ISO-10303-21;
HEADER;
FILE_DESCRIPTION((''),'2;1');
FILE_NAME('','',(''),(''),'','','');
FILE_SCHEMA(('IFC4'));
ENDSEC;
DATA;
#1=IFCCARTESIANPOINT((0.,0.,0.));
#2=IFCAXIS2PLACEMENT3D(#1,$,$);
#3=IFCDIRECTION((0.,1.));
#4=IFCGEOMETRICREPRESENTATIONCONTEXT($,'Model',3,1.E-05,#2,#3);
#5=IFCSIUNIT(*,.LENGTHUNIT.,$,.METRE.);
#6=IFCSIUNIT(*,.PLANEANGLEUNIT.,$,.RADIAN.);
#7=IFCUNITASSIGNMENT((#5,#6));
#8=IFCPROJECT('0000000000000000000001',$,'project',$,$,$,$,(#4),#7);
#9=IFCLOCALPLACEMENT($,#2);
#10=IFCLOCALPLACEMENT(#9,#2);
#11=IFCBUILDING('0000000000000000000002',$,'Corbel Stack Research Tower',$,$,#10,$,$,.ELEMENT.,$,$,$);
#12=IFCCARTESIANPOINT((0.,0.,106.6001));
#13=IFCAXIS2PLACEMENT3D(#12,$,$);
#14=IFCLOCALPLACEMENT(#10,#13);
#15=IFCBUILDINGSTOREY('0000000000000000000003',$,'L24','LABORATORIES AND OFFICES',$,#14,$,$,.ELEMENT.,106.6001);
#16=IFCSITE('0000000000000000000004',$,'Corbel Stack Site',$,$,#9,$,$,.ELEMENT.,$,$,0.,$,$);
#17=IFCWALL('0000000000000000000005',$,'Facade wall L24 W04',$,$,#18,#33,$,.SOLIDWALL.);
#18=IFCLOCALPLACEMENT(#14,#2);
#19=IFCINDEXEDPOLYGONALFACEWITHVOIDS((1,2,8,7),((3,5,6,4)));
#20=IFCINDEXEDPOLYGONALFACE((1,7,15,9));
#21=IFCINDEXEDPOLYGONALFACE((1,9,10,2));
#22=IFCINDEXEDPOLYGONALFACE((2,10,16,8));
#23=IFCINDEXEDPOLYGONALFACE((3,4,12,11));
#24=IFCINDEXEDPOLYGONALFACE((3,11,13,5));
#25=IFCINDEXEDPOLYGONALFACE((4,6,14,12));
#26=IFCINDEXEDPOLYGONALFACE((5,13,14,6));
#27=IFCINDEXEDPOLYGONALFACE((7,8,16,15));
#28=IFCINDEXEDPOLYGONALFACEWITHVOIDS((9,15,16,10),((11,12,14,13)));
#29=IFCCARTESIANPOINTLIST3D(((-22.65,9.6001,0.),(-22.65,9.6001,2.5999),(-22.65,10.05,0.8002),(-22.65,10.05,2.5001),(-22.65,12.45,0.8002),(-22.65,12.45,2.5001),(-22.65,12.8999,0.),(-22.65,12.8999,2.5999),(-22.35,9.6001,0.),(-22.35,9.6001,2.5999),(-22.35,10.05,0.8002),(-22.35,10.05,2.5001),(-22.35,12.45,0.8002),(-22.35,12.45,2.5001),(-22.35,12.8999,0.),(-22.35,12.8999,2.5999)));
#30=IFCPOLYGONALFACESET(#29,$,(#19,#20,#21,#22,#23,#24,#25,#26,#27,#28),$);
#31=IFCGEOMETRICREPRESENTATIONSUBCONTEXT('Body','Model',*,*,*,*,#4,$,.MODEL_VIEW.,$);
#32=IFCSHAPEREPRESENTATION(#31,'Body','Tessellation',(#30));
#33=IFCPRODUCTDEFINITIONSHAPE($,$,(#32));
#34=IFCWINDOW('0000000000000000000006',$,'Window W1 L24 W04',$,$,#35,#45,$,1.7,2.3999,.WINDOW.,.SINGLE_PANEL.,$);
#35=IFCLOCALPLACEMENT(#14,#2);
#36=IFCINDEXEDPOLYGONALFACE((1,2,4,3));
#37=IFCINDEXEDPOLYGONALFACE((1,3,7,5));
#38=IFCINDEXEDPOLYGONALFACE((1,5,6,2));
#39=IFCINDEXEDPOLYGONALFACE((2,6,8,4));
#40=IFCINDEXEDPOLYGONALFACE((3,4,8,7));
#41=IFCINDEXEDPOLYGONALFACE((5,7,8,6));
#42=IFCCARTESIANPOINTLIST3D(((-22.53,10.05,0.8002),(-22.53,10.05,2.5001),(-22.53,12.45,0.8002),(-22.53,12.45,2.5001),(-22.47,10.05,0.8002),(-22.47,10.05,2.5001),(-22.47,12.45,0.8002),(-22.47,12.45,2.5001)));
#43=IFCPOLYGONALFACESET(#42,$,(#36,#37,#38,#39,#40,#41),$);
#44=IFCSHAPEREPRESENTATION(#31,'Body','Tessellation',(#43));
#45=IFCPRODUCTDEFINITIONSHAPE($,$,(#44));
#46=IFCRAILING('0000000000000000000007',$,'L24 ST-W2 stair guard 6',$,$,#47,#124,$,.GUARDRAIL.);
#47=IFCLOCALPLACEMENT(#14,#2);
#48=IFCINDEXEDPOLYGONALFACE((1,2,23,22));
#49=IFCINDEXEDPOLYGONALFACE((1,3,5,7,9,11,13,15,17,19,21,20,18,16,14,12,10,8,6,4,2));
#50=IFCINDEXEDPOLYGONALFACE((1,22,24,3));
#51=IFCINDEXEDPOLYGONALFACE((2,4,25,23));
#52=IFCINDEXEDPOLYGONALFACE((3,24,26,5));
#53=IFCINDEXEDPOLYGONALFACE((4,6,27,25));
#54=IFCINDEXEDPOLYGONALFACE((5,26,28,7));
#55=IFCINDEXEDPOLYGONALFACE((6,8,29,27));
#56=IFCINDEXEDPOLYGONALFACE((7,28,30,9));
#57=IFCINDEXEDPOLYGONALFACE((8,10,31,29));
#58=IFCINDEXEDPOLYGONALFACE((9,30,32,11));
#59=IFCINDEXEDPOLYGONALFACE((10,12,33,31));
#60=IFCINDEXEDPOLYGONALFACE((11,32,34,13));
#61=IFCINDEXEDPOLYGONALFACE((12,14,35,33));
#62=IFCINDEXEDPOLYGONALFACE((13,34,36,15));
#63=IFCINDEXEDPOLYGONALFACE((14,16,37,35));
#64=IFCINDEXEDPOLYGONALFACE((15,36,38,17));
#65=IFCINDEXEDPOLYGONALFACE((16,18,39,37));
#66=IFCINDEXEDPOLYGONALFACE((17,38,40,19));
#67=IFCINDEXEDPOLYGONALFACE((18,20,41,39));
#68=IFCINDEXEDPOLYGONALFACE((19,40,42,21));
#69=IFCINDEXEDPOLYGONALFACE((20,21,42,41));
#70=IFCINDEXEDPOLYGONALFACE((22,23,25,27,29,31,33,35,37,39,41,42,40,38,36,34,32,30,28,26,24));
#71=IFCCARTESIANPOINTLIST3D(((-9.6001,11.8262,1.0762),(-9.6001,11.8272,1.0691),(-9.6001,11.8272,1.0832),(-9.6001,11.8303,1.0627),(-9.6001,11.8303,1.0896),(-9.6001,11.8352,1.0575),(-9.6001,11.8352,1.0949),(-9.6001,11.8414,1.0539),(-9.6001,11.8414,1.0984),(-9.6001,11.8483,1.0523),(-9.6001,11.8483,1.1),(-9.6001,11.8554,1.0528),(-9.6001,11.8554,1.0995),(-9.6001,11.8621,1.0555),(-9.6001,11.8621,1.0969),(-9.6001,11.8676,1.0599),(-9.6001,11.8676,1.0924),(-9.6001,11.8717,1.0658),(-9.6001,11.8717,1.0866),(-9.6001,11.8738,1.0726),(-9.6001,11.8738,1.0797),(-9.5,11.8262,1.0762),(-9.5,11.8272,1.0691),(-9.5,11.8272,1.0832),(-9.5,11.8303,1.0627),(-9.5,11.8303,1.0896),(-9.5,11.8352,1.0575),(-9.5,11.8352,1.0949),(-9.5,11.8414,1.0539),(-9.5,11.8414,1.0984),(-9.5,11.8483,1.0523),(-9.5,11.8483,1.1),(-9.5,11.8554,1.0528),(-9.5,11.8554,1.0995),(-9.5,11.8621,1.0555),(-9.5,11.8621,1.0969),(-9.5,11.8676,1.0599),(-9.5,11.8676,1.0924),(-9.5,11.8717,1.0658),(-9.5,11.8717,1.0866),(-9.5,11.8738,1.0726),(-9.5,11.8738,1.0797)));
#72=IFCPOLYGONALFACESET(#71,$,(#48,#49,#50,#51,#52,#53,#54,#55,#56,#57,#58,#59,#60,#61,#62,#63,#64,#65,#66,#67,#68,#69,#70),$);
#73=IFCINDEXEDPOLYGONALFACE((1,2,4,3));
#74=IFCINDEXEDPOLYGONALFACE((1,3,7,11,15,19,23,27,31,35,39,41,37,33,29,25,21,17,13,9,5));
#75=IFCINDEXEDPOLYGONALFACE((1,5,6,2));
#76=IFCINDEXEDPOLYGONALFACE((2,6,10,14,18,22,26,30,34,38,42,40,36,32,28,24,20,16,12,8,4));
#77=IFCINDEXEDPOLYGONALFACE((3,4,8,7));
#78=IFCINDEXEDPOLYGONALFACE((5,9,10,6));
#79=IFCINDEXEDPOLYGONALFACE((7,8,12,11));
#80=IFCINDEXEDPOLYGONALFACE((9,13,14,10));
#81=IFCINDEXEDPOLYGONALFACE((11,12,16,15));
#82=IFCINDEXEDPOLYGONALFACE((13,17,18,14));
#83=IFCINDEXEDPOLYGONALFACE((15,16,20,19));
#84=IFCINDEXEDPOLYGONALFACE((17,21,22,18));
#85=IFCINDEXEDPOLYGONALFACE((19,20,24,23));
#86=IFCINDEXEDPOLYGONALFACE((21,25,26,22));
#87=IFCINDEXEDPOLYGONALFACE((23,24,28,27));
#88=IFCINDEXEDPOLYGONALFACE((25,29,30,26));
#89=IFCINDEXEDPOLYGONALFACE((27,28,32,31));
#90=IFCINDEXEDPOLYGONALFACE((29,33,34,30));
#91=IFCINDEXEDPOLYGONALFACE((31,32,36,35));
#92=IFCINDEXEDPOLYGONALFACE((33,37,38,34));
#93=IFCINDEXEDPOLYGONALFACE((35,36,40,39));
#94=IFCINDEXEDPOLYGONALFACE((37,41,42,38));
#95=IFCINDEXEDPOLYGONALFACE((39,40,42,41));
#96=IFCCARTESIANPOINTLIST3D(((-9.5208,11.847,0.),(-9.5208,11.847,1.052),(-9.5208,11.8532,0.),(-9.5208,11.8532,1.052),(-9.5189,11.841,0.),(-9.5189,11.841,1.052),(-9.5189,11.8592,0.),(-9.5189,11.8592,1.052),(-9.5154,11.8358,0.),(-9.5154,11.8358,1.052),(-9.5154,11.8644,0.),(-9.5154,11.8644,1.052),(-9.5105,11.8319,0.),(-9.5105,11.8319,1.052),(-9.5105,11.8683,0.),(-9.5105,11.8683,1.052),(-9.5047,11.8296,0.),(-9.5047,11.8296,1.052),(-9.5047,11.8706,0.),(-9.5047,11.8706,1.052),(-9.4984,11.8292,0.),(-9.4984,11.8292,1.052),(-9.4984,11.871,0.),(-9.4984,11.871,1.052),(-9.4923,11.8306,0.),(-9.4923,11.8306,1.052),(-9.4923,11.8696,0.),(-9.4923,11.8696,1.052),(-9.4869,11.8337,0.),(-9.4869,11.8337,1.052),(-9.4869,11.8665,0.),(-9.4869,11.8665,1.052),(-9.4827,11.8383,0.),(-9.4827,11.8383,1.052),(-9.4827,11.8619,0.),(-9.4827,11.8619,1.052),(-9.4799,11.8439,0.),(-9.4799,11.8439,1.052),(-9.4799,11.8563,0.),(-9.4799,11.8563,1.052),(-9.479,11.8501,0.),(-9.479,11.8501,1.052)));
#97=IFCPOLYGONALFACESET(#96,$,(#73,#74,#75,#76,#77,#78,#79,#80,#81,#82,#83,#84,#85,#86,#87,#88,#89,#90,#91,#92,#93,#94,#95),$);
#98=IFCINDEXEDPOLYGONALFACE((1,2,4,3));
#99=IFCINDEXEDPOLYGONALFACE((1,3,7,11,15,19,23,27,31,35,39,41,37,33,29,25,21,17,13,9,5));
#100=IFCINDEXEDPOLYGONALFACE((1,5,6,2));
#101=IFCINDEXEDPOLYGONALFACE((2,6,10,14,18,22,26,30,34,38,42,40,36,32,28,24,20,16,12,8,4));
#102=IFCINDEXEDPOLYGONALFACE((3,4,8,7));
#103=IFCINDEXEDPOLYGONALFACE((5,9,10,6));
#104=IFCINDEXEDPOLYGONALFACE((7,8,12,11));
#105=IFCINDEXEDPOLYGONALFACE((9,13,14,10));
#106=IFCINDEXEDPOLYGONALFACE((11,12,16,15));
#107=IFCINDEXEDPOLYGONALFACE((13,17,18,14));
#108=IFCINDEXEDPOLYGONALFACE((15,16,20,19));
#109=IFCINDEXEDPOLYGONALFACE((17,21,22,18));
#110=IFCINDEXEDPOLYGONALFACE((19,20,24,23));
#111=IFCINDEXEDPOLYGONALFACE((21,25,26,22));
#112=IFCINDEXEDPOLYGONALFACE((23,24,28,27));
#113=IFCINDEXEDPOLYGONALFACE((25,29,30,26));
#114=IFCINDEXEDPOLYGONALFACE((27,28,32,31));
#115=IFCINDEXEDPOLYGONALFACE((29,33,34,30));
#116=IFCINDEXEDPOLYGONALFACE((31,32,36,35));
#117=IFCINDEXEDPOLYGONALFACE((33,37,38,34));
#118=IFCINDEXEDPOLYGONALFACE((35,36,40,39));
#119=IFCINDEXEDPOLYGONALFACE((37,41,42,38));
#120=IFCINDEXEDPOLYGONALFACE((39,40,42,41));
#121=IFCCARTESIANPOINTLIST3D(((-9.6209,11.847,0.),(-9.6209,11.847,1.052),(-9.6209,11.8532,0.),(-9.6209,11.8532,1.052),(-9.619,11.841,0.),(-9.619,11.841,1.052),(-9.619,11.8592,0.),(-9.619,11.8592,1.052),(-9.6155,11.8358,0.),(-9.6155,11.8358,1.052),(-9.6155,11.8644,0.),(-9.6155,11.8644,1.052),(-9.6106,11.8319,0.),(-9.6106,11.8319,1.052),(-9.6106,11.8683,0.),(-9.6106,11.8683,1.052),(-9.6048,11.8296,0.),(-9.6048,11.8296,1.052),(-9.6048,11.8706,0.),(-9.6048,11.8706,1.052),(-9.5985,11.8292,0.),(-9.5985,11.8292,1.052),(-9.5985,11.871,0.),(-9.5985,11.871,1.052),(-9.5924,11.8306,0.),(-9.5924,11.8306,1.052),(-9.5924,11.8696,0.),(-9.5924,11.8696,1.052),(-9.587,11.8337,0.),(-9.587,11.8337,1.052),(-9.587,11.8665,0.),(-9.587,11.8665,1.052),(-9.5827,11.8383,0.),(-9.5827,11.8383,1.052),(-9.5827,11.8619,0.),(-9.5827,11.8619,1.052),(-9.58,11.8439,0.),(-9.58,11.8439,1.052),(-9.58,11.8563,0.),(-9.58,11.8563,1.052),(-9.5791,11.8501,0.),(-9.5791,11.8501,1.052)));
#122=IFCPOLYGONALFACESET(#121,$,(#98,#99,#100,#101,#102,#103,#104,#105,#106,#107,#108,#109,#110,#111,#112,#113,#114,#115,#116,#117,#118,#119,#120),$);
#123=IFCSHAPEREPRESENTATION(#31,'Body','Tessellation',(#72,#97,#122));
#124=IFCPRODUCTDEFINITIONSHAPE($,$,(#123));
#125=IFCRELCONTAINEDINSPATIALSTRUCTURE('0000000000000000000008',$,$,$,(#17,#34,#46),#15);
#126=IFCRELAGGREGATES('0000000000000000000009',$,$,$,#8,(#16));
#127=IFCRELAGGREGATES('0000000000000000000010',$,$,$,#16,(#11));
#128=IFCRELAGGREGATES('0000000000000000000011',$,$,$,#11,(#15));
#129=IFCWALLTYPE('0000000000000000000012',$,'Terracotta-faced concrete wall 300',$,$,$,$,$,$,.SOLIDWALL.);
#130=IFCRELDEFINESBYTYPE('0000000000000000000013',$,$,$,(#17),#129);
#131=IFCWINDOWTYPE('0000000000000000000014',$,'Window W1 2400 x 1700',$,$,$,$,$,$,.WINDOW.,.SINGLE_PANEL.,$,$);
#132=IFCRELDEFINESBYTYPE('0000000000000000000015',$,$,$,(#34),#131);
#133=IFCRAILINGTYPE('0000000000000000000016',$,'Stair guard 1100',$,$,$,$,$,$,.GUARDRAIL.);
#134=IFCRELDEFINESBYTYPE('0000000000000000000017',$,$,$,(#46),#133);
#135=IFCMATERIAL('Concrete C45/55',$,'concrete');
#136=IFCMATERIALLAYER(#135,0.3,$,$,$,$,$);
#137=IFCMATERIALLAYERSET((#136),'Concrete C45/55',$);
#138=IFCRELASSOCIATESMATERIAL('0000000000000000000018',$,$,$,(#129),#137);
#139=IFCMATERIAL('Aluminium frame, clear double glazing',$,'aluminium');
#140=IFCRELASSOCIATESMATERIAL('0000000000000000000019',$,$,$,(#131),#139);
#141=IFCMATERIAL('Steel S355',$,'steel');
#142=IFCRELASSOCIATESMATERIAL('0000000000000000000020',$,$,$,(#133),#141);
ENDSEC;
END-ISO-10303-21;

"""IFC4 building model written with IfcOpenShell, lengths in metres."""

from ifc_helpers import new_model, si_unit, direction, frame, frame_2d, origin, origin_2d, place, context, subcontext, project, spatial, rectangle, circle, extrude, material, layer, layer_set, type_object, element, fill, save


model = new_model("IFC4")

# Units and contexts
model_context = context("Model", 3, precision=1e-05, world=origin(), true_north=direction((0.0, 1.0)))
body_context = subcontext(model_context, "Body", "Model", "MODEL_VIEW")
ifc_project = project(units=[si_unit("LENGTHUNIT", "METRE"), si_unit("PLANEANGLEUNIT", "RADIAN")], contexts=[model_context])

# Site, building, storey
site_placement = place(None, origin())
site = spatial("IfcSite", under=ifc_project, at=site_placement, Name="Corbel Stack Site", CompositionType="ELEMENT", RefElevation=0.0)
building_placement = place(site_placement, origin())
building = spatial("IfcBuilding", under=site, at=building_placement, Name="Corbel Stack Research Tower", CompositionType="ELEMENT")
storey_placement = place(building_placement, frame((0.0, 0.0, 106.6001)))
storey = spatial("IfcBuildingStorey", under=building, at=storey_placement, Name="L24", Description="LABORATORIES AND OFFICES", CompositionType="ELEMENT", Elevation=106.6001)

# Wall, opening, window
ifc_material_1 = material(Name="Concrete C45/55", Category="concrete")
ifc_layer_1 = layer(ifc_material_1, 0.3)
ifc_layer_set_1 = layer_set([ifc_layer_1], Name="Concrete C45/55")
wall_type_1 = type_object("IfcWallType", Name="Terracotta-faced concrete wall 300", PredefinedType="SOLIDWALL", material=ifc_layer_set_1)
ifc_material_2 = material(Name="Aluminium frame, clear double glazing", Category="aluminium")
window_type = type_object("IfcWindowType", Name="Window W1 2400 x 1700", PartitioningType="SINGLE_PANEL", PredefinedType="WINDOW", material=ifc_material_2)
wall_1_placement = place(storey_placement, frame((-22.5, 9.6001, 0.0), z_axis=(0.0, 0.0, 1.0), x_axis=(0.0, 1.0, 0.0)))
wall_1 = element("IfcWall", 1, at=wall_1_placement, inside=storey, type_object=wall_type_1, Name="Facade wall L24 W04", PredefinedType="SOLIDWALL", context=body_context, shape_type="SweptSolid", body=[
    extrude(rectangle(XDim=3.2998, YDim=0.3, at=frame_2d((1.6499, 0.0))), origin(), (0.0, 0.0, 1.0), 2.5999),
])
opening_1_placement = place(wall_1_placement, frame((0.45, 0.0, 0.8)))
opening_1 = element("IfcOpeningElement", 2, at=opening_1_placement, cuts=wall_1, PredefinedType="OPENING", context=body_context, shape_type="SweptSolid", body=[
    extrude(rectangle(XDim=2.3999, YDim=1.7, at=frame_2d((1.2, 0.8501))), frame((0.0, 0.1599, 0.0), z_axis=(0.0, -1.0, 0.0), x_axis=(1.0, 0.0, 0.0)), (0.0, 0.0, 1.0), 0.3201),
])
window_1_placement = place(opening_1_placement, origin())
window_1 = element("IfcWindow", 3, at=window_1_placement, inside=storey, type_object=window_type, Name="Window W1 L24 W04", OverallHeight=1.7, OverallWidth=2.3999, PartitioningType="SINGLE_PANEL", PredefinedType="WINDOW", context=body_context, shape_type="SweptSolid", body=[
    extrude(rectangle(XDim=2.3999, YDim=1.7, at=frame_2d((1.2, 0.8501))), frame((0.0, 0.03, 0.0), z_axis=(0.0, -1.0, 0.0), x_axis=(1.0, 0.0, 0.0)), (0.0, 0.0, 1.0), 0.0601),
])
fill(opening_1, window_1)

# Railing
ifc_material_3 = material(Name="Steel S355", Category="steel")
railing_type = type_object("IfcRailingType", Name="Stair guard 1100", PredefinedType="GUARDRAIL", material=ifc_material_3)
railing_placement = place(storey_placement, frame((-9.5, 11.8501, 0.0)))
element("IfcRailing", 4, at=railing_placement, inside=storey, type_object=railing_type, Name="L24 ST-W2 stair guard 6", PredefinedType="GUARDRAIL", context=body_context, shape_type="SweptSolid", body=[
    extrude(circle(Radius=0.0239, at=origin_2d()), frame((0.0, 0.0, 1.0762), z_axis=(-1.0, 0.0, 0.0), x_axis=(0.0, -1.0, 0.0)), (0.0, 0.0, 1.0), 0.1001),
    extrude(circle(Radius=0.021, at=origin_2d()), origin(), (0.0, 0.0, 1.0), 1.052),
    extrude(circle(Radius=0.021, at=origin_2d()), frame((-0.1001, 0.0, 0.0)), (0.0, 0.0, 1.0), 1.052),
])

save(model, "model.ifc")
